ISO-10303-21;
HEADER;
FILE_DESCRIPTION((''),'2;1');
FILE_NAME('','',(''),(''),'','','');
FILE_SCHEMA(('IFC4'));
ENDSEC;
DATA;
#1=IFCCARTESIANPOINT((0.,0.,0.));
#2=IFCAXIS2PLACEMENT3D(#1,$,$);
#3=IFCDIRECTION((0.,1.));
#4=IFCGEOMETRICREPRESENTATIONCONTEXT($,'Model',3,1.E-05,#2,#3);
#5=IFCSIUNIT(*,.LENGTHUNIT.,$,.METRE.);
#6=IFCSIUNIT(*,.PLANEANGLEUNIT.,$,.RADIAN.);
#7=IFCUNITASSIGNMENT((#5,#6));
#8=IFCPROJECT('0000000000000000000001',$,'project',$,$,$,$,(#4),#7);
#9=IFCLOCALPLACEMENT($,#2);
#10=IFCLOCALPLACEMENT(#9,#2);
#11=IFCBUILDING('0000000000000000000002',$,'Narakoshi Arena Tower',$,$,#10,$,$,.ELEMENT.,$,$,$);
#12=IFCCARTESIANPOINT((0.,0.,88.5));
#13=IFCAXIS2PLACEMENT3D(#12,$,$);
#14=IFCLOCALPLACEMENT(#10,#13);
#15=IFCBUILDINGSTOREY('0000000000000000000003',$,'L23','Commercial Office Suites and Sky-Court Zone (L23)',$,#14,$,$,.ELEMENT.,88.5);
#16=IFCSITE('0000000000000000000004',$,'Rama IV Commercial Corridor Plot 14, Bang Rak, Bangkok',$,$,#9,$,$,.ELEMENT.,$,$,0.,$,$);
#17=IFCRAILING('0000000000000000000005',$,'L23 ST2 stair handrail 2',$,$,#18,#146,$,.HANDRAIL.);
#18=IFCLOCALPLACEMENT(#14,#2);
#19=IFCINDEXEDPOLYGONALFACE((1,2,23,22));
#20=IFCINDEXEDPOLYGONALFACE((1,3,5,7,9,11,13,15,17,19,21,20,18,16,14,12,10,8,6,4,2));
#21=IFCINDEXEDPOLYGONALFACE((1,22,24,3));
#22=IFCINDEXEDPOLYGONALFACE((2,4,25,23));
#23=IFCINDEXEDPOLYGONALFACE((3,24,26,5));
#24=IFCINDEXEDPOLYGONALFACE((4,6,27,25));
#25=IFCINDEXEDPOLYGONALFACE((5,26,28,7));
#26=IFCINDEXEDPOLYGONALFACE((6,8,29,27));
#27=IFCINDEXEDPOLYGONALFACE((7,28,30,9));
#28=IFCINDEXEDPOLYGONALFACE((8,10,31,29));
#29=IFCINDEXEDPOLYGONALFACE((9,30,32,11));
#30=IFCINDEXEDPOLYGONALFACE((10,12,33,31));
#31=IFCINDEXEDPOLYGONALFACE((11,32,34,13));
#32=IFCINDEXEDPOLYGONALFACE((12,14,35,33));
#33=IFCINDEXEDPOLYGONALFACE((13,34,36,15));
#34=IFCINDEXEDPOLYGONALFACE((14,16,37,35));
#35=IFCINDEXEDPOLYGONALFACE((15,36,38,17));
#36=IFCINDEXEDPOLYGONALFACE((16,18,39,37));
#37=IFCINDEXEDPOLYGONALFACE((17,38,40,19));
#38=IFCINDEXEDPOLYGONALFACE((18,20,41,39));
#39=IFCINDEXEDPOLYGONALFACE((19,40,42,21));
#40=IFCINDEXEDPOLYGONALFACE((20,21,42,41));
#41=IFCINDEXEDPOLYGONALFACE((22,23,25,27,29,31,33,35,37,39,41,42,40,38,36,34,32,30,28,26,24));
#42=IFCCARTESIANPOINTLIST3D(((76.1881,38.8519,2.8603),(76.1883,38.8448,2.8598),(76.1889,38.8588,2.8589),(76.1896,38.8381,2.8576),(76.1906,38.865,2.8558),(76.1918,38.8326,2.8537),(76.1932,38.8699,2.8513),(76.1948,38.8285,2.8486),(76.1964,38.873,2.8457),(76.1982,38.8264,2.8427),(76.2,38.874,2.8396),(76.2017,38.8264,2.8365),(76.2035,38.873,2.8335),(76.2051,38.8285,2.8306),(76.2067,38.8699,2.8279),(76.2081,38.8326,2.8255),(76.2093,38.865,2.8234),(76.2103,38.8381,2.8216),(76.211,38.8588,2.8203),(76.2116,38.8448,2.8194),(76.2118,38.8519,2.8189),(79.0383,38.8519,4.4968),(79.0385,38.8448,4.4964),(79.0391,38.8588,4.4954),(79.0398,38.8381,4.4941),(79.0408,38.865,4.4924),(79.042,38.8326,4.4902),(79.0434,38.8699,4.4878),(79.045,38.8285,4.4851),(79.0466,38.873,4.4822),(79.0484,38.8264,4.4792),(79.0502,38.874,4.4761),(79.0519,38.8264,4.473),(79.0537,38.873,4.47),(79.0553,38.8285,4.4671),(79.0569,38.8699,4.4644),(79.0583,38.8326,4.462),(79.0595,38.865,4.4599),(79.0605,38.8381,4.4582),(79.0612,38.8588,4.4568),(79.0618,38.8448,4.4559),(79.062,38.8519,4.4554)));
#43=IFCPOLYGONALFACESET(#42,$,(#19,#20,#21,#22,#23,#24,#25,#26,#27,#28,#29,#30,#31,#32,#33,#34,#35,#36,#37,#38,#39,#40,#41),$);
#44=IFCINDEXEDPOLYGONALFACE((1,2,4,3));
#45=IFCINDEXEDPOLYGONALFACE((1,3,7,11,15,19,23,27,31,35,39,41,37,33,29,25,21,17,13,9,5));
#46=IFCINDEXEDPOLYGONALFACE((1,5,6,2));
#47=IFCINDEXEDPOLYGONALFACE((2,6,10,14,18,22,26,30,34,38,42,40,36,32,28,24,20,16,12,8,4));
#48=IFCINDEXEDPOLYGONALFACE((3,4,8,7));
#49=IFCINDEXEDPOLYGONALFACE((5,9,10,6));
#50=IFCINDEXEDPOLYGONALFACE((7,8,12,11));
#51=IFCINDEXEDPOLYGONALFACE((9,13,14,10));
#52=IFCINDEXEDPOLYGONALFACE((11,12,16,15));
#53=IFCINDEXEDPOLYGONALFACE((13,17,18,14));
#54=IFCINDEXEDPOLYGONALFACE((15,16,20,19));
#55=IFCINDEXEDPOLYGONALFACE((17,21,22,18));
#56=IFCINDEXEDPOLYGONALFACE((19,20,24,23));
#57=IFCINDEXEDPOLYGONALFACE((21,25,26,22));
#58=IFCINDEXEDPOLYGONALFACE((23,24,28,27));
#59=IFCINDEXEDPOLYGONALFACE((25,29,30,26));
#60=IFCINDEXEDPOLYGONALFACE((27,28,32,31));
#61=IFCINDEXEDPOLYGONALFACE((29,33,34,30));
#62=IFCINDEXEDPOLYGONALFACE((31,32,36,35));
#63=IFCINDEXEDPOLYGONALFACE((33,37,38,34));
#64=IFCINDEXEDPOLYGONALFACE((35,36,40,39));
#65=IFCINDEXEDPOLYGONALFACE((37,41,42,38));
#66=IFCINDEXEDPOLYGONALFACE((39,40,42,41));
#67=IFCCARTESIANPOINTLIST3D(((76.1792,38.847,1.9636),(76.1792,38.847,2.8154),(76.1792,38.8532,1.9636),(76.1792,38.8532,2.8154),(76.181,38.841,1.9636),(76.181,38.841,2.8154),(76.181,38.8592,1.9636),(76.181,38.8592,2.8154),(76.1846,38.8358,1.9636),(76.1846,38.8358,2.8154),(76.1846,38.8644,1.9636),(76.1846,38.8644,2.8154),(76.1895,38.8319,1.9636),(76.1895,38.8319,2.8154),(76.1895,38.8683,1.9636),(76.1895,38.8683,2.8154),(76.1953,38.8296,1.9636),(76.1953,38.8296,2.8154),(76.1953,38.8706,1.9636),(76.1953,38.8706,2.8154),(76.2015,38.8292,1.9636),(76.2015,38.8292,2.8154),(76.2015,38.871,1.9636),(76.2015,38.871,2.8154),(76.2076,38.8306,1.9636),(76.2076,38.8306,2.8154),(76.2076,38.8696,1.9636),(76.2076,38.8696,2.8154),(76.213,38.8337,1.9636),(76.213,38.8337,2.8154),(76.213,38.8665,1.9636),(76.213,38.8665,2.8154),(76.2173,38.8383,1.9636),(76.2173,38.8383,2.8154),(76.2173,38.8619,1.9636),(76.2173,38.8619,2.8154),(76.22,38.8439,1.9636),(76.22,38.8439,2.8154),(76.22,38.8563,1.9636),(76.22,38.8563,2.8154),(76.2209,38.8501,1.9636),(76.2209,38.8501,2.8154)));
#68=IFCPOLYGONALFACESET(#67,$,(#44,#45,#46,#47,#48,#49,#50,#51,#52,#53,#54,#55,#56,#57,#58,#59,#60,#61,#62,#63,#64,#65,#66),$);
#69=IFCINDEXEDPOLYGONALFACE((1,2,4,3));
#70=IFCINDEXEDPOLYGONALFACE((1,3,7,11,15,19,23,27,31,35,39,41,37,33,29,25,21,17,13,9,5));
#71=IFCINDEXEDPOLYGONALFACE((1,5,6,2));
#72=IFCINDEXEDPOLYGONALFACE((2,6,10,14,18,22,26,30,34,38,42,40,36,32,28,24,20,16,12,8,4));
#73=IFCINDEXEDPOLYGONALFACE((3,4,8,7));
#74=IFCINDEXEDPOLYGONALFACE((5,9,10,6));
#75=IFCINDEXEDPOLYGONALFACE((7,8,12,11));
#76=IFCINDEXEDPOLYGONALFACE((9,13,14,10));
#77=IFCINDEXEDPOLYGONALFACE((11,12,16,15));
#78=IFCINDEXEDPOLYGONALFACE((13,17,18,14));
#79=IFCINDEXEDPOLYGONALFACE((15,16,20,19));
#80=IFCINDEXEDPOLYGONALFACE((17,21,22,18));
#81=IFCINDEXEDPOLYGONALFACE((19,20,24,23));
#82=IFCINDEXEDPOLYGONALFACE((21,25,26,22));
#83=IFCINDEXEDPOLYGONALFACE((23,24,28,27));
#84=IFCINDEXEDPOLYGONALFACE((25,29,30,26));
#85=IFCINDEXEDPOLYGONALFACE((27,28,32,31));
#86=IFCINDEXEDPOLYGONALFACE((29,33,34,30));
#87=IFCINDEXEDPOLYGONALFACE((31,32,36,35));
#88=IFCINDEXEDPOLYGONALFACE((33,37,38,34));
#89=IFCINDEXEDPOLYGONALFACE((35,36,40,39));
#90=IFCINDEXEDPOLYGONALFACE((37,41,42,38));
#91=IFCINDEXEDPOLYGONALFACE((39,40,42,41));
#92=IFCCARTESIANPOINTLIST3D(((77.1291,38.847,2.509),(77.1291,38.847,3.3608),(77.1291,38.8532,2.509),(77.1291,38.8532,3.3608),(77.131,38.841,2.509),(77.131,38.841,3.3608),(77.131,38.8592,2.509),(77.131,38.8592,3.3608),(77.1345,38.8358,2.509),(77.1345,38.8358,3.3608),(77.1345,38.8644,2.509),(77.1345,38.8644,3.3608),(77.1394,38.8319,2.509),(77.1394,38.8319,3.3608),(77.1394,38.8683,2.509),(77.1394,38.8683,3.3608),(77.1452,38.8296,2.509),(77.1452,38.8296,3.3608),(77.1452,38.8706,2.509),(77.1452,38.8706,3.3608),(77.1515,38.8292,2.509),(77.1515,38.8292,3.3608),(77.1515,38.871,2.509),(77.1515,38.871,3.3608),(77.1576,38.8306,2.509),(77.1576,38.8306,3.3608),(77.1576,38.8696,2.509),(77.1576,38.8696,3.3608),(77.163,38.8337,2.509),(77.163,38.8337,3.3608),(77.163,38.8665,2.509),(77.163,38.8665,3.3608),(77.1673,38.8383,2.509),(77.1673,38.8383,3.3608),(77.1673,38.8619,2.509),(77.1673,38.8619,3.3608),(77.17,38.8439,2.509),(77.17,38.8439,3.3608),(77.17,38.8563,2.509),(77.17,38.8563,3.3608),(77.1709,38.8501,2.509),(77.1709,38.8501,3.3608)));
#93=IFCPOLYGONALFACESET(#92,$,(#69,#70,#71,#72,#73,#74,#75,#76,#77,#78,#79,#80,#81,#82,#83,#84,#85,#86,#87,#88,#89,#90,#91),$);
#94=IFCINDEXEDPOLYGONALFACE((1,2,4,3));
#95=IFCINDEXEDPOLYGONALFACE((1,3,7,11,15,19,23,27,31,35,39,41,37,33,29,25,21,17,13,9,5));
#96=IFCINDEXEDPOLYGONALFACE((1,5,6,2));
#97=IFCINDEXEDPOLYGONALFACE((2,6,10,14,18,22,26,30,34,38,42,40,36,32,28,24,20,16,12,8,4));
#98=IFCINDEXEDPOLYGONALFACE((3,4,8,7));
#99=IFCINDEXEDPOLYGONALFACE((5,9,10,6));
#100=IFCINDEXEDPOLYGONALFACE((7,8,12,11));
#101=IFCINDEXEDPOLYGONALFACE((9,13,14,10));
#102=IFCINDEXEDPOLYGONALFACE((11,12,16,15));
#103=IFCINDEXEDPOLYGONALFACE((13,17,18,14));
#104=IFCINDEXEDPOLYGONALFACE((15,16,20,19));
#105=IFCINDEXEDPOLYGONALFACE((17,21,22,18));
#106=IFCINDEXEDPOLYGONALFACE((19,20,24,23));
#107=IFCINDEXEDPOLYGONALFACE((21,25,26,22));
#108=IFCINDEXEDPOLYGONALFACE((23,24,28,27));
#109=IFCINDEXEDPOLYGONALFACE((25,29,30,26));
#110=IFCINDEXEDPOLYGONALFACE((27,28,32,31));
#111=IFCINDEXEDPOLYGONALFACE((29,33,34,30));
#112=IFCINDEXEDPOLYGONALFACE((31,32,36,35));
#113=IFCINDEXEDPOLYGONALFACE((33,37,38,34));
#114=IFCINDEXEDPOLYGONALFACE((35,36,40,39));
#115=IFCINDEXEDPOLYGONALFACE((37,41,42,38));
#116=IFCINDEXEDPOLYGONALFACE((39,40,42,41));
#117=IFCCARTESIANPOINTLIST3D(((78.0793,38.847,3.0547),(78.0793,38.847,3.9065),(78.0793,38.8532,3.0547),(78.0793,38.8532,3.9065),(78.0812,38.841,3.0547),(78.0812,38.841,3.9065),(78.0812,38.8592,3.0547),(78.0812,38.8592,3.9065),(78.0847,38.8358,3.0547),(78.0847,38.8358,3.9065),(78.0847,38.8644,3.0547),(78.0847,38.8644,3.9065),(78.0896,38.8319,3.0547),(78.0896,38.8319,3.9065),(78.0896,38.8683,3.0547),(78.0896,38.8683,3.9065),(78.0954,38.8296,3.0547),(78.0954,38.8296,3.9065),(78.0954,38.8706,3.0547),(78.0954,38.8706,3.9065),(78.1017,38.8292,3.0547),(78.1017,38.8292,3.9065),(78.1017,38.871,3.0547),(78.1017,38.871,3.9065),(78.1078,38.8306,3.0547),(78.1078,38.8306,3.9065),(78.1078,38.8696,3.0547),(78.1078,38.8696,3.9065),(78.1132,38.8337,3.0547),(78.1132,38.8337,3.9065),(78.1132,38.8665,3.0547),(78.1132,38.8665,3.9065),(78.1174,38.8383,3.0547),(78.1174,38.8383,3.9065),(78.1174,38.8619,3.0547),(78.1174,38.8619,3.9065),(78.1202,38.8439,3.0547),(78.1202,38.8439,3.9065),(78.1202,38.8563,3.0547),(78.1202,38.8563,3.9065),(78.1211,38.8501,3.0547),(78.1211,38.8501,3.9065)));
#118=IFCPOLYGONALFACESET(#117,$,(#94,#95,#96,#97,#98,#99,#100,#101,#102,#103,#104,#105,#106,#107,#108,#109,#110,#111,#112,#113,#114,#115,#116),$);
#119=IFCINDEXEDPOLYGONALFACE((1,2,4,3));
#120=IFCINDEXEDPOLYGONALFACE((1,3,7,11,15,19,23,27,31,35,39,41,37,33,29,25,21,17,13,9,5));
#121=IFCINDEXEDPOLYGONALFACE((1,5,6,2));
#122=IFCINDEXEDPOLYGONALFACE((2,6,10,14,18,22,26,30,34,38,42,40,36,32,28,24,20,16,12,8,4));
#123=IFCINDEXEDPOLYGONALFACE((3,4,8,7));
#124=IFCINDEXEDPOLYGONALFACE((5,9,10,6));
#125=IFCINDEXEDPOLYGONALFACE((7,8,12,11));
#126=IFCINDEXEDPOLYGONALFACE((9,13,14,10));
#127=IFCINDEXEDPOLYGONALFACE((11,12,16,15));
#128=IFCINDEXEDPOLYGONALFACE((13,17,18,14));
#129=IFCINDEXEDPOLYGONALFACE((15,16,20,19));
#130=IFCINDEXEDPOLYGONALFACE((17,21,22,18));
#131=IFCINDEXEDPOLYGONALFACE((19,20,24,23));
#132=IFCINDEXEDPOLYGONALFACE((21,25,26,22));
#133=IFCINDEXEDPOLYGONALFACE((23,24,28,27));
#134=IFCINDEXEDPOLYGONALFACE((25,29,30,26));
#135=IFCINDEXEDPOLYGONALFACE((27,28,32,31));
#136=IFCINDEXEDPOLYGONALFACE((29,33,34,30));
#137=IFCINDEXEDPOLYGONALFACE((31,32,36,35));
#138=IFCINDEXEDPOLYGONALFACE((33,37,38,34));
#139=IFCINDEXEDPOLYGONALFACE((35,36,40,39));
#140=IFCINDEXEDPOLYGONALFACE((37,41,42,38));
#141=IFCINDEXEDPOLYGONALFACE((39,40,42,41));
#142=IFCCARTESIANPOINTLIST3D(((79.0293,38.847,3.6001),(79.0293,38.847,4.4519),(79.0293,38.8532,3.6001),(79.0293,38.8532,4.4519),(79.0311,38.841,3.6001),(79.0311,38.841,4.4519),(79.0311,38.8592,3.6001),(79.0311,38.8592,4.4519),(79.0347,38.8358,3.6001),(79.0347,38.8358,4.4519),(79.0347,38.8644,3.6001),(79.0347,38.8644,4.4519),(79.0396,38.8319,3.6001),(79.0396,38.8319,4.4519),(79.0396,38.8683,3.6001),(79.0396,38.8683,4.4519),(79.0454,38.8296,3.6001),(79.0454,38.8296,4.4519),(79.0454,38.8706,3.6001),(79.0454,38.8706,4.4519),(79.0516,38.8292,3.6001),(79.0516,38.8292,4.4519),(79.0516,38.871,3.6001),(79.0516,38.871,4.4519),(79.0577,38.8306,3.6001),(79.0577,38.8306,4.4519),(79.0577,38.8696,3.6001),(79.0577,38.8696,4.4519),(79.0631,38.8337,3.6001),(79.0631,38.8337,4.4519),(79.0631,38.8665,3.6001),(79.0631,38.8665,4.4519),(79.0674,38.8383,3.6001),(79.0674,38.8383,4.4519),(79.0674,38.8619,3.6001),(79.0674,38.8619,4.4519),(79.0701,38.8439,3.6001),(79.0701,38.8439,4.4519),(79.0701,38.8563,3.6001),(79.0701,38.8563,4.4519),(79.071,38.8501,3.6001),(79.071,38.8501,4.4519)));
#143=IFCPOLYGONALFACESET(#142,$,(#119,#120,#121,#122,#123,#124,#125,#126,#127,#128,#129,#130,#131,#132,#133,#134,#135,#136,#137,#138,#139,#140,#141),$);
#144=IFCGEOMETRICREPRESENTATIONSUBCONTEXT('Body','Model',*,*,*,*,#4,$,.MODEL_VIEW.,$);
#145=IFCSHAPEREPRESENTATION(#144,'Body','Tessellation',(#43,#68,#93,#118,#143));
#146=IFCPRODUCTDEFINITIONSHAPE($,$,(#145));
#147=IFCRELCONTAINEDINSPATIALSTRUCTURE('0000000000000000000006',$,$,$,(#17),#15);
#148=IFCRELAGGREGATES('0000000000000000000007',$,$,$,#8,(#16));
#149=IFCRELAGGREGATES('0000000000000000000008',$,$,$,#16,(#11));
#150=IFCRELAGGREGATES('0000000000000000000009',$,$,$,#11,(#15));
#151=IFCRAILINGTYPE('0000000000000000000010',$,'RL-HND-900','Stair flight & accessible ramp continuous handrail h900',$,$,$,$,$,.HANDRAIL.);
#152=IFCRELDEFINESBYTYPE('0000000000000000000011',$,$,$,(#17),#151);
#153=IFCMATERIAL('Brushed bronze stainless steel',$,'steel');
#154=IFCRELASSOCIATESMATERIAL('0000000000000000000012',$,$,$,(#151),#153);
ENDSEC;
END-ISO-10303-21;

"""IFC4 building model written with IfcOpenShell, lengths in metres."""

from ifc_helpers import new_model, si_unit, direction, frame, origin, origin_2d, place, context, subcontext, project, spatial, circle, extrude, material, type_object, element, save


model = new_model("IFC4")

# Units and contexts
model_context = context("Model", 3, precision=1e-05, world=origin(), true_north=direction((0.0, 1.0)))
body_context = subcontext(model_context, "Body", "Model", "MODEL_VIEW")
ifc_project = project(units=[si_unit("LENGTHUNIT", "METRE"), si_unit("PLANEANGLEUNIT", "RADIAN")], contexts=[model_context])

# Site, building, storey
site_placement = place(None, origin())
site = spatial("IfcSite", under=ifc_project, at=site_placement, Name="Rama IV Commercial Corridor Plot 14, Bang Rak, Bangkok", CompositionType="ELEMENT", RefElevation=0.0)
building_placement = place(site_placement, origin())
building = spatial("IfcBuilding", under=site, at=building_placement, Name="Narakoshi Arena Tower", CompositionType="ELEMENT")
storey_placement = place(building_placement, frame((0.0, 0.0, 88.5)))
storey = spatial("IfcBuildingStorey", under=building, at=storey_placement, Name="L23", Description="Commercial Office Suites and Sky-Court Zone (L23)", CompositionType="ELEMENT", Elevation=88.5)

# Railing
ifc_material_1 = material(Name="Brushed bronze stainless steel", Category="steel")
railing_type_1 = type_object("IfcRailingType", Name="RL-HND-900", Description="Stair flight & accessible ramp continuous handrail h900", PredefinedType="HANDRAIL", material=ifc_material_1)
for number, where, name in (
    (1, (76.2, 38.8501, 1.9636), "L23 ST2 stair handrail 2"),
):
    element("IfcRailing", number, at=place(storey_placement, frame(where)), inside=storey, type_object=railing_type_1, Name=name, PredefinedType="HANDRAIL", context=body_context, shape_type="SweptSolid", body=[
        extrude(circle(Radius=0.0239, at=origin_2d()), frame((0.0, 0.0, 0.876), z_axis=(0.867213, 0.0, 0.497938), x_axis=(0.0, 1.0, 0.0)), (0.0, 0.0, 1.0), 3.2866),
        extrude(circle(Radius=0.021, at=origin_2d()), origin(), (0.0, 0.0, 1.0), 0.8518),
        extrude(circle(Radius=0.021, at=origin_2d()), frame((0.95, 0.0, 0.5454)), (0.0, 0.0, 1.0), 0.8518),
        extrude(circle(Radius=0.021, at=origin_2d()), frame((1.9001, 0.0, 1.0911)), (0.0, 0.0, 1.0), 0.8518),
        extrude(circle(Radius=0.021, at=origin_2d()), frame((2.8501, 0.0, 1.6365)), (0.0, 0.0, 1.0), 0.8518),
    ])

save(model, "model.ifc")
